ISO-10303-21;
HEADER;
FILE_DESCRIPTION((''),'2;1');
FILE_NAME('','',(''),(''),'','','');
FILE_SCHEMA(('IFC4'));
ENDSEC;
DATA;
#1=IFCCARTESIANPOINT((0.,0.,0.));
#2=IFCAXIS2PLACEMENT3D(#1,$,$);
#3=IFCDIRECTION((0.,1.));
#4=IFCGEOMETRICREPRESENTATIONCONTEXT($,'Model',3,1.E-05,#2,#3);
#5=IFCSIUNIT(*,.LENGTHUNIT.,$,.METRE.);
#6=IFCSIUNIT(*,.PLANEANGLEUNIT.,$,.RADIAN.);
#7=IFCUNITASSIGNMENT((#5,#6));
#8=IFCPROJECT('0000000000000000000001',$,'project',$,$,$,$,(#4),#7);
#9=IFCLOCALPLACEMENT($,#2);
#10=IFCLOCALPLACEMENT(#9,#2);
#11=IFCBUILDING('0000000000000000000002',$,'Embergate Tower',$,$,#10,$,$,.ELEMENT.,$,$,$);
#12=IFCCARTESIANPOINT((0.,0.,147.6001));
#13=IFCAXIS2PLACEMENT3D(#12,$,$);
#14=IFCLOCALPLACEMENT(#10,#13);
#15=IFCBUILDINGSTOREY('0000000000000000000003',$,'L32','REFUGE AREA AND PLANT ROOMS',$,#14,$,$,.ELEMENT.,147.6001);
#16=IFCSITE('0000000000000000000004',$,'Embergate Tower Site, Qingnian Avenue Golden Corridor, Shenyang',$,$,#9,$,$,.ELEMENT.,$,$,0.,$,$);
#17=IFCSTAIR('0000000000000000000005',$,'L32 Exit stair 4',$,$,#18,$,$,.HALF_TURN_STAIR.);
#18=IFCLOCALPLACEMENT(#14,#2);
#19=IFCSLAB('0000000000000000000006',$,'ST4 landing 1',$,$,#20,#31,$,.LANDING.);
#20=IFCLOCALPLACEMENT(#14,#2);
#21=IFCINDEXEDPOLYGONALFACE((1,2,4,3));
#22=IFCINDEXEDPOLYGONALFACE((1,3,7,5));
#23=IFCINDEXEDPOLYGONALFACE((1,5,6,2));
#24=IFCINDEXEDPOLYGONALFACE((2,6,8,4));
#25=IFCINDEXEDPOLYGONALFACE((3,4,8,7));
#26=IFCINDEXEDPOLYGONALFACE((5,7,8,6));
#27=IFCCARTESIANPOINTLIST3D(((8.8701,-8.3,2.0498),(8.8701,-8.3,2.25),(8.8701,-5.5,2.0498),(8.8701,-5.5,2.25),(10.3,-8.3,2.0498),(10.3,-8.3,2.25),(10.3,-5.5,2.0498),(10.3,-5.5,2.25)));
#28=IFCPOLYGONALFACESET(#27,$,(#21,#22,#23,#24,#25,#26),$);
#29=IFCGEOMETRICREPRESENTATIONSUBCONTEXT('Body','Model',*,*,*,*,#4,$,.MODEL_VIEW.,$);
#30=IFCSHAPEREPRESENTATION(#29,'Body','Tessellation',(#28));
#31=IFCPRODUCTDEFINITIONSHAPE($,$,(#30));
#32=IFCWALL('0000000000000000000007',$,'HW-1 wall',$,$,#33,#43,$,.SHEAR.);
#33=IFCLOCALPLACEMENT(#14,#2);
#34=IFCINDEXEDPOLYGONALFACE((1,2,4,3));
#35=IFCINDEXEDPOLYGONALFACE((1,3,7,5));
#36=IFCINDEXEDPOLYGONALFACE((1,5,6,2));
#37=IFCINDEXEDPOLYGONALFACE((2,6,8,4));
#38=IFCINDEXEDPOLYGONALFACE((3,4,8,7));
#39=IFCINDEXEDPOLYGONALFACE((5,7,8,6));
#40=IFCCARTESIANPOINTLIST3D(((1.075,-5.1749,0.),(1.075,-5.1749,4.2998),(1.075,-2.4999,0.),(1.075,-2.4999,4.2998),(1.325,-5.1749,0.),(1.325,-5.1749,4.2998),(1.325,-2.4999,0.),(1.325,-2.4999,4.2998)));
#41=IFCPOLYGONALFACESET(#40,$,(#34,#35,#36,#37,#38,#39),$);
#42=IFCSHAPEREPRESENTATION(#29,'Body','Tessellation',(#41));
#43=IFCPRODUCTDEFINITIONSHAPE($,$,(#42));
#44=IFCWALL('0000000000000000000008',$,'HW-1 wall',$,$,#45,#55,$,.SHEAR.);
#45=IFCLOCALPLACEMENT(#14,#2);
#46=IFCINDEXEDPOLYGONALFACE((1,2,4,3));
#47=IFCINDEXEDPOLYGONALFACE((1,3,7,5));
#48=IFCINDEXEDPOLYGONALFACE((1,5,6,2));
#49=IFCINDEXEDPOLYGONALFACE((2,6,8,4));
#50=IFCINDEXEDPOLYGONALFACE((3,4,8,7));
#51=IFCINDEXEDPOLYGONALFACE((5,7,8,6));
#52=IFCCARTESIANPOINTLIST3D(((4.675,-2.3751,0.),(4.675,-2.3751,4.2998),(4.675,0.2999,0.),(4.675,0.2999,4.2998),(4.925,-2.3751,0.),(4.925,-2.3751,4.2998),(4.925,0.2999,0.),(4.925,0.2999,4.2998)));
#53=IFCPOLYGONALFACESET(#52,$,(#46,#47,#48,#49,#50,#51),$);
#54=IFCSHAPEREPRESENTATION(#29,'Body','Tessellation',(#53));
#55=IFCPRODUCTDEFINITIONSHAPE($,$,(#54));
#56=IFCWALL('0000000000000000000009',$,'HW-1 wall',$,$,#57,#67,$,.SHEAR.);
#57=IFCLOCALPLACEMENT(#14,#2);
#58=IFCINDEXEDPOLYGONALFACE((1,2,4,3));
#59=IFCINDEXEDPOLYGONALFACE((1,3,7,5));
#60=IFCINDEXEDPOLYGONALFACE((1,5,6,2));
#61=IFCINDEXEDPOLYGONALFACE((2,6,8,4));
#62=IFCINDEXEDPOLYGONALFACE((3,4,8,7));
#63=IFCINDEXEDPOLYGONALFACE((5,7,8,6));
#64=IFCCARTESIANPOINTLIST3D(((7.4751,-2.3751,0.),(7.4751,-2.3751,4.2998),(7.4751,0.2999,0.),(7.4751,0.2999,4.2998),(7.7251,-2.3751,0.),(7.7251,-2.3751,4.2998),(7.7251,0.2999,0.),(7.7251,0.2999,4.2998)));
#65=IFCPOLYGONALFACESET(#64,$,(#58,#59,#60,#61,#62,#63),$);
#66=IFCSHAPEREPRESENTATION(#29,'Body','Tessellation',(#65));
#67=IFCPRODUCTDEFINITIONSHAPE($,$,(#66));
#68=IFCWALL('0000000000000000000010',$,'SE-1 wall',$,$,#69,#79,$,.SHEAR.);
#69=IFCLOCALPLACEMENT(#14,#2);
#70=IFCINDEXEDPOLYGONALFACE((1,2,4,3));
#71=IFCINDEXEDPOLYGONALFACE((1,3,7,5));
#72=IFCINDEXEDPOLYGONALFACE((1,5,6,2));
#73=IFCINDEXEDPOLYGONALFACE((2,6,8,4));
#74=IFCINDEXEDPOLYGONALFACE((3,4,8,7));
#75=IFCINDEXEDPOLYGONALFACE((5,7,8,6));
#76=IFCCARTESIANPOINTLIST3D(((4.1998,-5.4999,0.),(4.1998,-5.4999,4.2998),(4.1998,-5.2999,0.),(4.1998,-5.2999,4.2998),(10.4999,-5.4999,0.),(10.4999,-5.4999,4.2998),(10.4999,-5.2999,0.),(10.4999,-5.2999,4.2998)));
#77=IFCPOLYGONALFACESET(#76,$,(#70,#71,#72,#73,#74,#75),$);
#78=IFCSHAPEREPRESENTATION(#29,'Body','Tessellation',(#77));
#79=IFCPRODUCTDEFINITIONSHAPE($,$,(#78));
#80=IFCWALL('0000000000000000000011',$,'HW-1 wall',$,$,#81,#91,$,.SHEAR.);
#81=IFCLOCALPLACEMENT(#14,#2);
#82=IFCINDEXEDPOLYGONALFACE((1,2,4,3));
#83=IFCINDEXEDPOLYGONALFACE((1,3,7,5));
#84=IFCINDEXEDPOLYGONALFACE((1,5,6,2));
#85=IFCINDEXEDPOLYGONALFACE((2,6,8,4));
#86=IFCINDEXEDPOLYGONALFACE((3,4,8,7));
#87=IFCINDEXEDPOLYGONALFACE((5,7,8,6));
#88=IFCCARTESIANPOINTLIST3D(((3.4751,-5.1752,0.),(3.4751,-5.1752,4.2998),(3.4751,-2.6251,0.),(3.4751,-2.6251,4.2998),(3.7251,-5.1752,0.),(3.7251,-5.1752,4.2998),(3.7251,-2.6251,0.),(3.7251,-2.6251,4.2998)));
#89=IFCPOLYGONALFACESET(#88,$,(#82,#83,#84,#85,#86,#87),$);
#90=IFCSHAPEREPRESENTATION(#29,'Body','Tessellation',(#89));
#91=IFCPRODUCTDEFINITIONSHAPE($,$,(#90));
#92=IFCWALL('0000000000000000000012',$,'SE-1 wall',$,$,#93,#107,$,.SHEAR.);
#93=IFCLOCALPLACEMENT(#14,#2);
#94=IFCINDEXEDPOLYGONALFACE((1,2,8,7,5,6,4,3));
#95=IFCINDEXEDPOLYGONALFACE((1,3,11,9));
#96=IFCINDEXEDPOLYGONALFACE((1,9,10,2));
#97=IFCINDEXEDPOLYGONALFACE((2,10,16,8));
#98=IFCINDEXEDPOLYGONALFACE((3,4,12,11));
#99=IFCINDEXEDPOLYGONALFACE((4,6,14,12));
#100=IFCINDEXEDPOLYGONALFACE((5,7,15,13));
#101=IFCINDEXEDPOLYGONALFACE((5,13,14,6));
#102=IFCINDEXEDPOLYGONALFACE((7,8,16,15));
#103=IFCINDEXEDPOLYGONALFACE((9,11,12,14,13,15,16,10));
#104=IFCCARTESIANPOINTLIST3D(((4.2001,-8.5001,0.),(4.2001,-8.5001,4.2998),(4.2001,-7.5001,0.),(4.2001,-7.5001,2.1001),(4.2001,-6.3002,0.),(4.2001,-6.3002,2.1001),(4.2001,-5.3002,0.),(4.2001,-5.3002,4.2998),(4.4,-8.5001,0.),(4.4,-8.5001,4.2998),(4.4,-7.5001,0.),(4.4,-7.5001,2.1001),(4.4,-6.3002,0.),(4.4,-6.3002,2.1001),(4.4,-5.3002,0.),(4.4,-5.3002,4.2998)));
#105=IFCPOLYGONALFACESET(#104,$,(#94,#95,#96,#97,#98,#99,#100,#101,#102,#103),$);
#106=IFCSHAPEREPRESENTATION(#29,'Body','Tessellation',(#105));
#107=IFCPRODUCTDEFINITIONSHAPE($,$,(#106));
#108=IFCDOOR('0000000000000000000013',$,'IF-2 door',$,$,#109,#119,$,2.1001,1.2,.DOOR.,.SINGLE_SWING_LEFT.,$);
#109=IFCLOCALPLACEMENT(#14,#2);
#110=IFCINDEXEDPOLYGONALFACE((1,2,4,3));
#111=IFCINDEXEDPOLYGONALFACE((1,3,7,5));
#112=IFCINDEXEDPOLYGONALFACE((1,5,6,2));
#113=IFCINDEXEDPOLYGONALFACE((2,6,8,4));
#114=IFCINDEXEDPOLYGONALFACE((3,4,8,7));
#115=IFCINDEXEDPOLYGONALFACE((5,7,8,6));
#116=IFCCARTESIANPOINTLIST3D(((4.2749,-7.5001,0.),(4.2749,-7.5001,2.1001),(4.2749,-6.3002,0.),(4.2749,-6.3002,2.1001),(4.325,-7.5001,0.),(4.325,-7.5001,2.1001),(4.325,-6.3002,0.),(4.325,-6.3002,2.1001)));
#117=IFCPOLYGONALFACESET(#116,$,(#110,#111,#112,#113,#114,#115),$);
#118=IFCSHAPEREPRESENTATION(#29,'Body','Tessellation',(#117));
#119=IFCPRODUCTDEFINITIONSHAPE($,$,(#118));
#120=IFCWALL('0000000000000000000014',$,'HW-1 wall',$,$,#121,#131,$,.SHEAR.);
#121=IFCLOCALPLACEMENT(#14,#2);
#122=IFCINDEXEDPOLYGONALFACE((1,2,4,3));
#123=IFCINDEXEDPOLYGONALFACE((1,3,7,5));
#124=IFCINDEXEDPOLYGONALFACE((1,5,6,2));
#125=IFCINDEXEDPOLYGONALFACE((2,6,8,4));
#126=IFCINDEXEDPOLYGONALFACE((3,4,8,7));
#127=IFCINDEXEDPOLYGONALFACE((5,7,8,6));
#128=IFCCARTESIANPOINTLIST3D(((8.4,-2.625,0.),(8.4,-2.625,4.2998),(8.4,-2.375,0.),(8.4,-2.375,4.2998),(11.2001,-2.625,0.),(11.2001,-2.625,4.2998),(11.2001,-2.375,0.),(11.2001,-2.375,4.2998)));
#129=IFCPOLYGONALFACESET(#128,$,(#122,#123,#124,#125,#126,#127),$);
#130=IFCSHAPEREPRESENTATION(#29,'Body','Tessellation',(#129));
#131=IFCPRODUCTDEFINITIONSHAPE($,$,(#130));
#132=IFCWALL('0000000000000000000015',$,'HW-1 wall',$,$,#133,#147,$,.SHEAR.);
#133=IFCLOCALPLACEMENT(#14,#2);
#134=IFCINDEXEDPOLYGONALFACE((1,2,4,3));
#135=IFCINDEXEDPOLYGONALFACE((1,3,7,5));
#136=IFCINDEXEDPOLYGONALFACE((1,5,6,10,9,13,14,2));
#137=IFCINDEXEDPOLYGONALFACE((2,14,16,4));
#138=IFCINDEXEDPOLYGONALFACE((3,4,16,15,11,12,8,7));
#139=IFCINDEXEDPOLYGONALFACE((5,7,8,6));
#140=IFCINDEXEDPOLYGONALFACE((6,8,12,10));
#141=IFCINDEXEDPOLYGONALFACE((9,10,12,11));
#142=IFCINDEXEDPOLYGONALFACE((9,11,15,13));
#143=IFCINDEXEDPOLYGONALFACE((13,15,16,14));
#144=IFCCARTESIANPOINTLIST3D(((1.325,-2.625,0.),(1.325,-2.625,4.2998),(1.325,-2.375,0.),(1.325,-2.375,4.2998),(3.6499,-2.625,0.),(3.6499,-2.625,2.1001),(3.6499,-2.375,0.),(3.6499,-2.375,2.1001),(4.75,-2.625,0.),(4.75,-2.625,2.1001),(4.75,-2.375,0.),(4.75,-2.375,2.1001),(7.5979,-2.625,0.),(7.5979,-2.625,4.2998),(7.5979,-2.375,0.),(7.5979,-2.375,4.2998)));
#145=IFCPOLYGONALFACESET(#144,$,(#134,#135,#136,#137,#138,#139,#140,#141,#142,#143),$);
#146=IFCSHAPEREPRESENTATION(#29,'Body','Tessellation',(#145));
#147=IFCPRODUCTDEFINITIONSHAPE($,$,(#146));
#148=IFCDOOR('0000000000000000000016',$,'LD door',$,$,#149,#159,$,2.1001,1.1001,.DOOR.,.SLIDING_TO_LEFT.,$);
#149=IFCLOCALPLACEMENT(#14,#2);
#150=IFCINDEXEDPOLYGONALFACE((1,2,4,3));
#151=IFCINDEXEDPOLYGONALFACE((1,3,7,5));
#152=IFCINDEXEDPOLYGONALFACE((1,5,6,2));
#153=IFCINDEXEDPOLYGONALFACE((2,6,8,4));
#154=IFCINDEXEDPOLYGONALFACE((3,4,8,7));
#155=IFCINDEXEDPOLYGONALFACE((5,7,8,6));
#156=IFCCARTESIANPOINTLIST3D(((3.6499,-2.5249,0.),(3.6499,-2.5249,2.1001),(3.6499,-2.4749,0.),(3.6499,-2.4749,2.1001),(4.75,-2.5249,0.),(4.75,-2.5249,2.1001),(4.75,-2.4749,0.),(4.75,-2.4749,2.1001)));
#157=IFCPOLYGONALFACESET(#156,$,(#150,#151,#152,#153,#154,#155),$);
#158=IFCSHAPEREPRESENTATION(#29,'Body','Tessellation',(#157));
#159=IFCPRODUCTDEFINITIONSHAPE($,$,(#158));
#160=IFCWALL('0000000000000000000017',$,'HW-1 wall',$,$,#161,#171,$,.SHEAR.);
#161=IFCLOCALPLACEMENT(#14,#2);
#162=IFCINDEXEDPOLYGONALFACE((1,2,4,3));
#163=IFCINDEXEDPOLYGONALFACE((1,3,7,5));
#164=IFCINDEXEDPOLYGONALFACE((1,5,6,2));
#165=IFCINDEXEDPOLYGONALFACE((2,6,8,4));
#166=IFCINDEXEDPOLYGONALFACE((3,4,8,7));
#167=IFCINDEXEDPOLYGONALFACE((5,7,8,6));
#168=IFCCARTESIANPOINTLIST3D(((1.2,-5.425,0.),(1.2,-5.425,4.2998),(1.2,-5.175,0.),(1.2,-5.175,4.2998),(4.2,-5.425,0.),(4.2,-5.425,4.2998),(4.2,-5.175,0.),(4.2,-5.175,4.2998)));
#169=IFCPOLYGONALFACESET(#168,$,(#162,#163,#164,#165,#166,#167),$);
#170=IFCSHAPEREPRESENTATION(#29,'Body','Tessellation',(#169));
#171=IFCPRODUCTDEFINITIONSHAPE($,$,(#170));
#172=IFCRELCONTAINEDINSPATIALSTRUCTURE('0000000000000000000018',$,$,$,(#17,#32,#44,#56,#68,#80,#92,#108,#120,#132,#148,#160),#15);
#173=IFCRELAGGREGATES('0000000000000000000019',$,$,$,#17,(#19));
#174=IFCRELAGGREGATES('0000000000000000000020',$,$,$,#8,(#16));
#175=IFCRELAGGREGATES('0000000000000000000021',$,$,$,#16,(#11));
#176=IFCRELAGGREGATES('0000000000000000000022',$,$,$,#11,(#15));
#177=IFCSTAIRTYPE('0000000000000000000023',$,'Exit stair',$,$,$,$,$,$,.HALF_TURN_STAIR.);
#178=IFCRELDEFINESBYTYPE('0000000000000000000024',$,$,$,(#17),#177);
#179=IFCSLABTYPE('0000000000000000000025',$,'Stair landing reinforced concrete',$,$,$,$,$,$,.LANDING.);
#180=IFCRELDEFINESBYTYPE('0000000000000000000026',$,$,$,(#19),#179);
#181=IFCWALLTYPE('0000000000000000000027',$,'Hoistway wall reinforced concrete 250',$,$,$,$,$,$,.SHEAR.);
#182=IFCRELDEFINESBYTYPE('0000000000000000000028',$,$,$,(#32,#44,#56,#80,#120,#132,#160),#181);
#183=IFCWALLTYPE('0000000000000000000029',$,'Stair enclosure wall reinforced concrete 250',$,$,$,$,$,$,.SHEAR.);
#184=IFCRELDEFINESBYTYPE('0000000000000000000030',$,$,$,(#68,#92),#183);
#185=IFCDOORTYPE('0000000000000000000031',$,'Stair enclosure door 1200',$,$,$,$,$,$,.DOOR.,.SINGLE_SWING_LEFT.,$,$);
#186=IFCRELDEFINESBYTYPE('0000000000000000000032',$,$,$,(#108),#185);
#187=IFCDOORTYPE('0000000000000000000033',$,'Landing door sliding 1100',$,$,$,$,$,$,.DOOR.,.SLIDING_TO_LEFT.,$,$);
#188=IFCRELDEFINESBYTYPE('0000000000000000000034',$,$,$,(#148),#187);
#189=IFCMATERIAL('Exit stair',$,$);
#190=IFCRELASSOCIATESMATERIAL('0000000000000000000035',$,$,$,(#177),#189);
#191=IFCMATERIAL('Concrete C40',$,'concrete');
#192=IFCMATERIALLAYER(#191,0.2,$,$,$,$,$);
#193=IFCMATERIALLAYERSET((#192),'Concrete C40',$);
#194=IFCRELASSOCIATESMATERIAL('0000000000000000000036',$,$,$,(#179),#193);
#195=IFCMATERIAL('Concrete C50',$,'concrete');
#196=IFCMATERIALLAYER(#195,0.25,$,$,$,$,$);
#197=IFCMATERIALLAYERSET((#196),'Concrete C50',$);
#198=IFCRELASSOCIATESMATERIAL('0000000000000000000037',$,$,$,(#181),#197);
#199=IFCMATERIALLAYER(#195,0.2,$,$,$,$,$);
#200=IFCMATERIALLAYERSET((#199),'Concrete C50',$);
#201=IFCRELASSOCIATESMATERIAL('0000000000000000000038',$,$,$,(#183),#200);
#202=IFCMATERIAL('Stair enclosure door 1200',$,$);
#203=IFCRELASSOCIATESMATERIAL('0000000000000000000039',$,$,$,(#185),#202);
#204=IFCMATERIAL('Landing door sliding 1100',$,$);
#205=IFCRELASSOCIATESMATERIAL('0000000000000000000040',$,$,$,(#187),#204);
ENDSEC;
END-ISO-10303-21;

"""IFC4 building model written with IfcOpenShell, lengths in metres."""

from ifc_helpers import new_model, si_unit, direction, frame, frame_2d, origin, place, context, subcontext, project, spatial, polyline, rectangle, outline, extrude, source, transform, mapped, material, layer, layer_set, type_object, element, fill, aggregate, save


model = new_model("IFC4")

# Units and contexts
model_context = context("Model", 3, precision=1e-05, world=origin(), true_north=direction((0.0, 1.0)))
body_context = subcontext(model_context, "Body", "Model", "MODEL_VIEW")
ifc_project = project(units=[si_unit("LENGTHUNIT", "METRE"), si_unit("PLANEANGLEUNIT", "RADIAN")], contexts=[model_context])

# Site, building, storey
site_placement = place(None, origin())
site = spatial("IfcSite", under=ifc_project, at=site_placement, Name="Embergate Tower Site, Qingnian Avenue Golden Corridor, Shenyang", CompositionType="ELEMENT", RefElevation=0.0)
building_placement = place(site_placement, origin())
building = spatial("IfcBuilding", under=site, at=building_placement, Name="Embergate Tower", CompositionType="ELEMENT")
storey_placement = place(building_placement, frame((0.0, 0.0, 147.6001)))
storey = spatial("IfcBuildingStorey", under=building, at=storey_placement, Name="L32", Description="REFUGE AREA AND PLANT ROOMS", CompositionType="ELEMENT", Elevation=147.6001)

# Stair, slab
ifc_material_1 = material(Name="Exit stair")
stair_type = type_object("IfcStairType", Name="Exit stair", PredefinedType="HALF_TURN_STAIR", material=ifc_material_1)
stair_placement = place(storey_placement, origin())
stair = element("IfcStair", 1, at=stair_placement, inside=storey, type_object=stair_type, Name="L32 Exit stair 4", PredefinedType="HALF_TURN_STAIR")
ifc_material_2 = material(Name="Concrete C40", Category="concrete")
ifc_layer_1 = layer(ifc_material_2, 0.2)
ifc_layer_set_1 = layer_set([ifc_layer_1], Name="Concrete C40")
slab_type = type_object("IfcSlabType", Name="Stair landing reinforced concrete", PredefinedType="LANDING", material=ifc_layer_set_1)
shared_shape_1 = source(origin(), body_context, "Body", "SweptSolid", [
    extrude(outline(polyline([(0.0, 0.0), (1.4299, 0.0), (1.4299, 2.8), (0.0, 2.8), (0.0, 0.0)])), origin(), (0.0, 0.0, 1.0), 0.2002),
])
slab_placement = place(storey_placement, frame((8.8701, -8.3, 2.0498)))
slab = element("IfcSlab", 2, at=slab_placement, type_object=slab_type, Name="ST4 landing 1", PredefinedType="LANDING", context=body_context, shape_type="MappedRepresentation", body=[
    mapped(shared_shape_1, transform((0.0, 0.0, 0.0))),
])

# Walls
ifc_material_3 = material(Name="Concrete C50", Category="concrete")
ifc_layer_2 = layer(ifc_material_3, 0.25)
ifc_layer_set_2 = layer_set([ifc_layer_2], Name="Concrete C50")
wall_type_1 = type_object("IfcWallType", Name="Hoistway wall reinforced concrete 250", PredefinedType="SHEAR", material=ifc_layer_set_2)
shared_shape_2 = source(origin(), body_context, "Body", "SweptSolid", [
    extrude(rectangle(XDim=2.675, YDim=0.25, at=frame_2d((1.3374, 0.0))), origin(), (0.0, 0.0, 1.0), 4.2998),
])
for number, where, z_axis, x_axis, name in (
    (3, (1.2, -2.5, 0.0), (0.0, 0.0, 1.0), (0.0, -1.0, 0.0), "HW-1 wall"),
    (4, (4.8, -2.375, 0.0), (0.0, 0.0, 1.0), (0.0, 1.0, 0.0), "HW-1 wall"),
    (5, (7.6001, -2.375, 0.0), (0.0, 0.0, 1.0), (0.0, 1.0, 0.0), "HW-1 wall"),
):
    element("IfcWall", number, at=place(storey_placement, frame(where, z_axis=z_axis, x_axis=x_axis)), inside=storey, type_object=wall_type_1, Name=name, PredefinedType="SHEAR", context=body_context, shape_type="MappedRepresentation", body=[
        mapped(shared_shape_2, transform((0.0, 0.0, 0.0))),
    ])
ifc_layer_3 = layer(ifc_material_3, 0.2)
ifc_layer_set_3 = layer_set([ifc_layer_3], Name="Concrete C50")
wall_type_2 = type_object("IfcWallType", Name="Stair enclosure wall reinforced concrete 250", PredefinedType="SHEAR", material=ifc_layer_set_3)
shared_shape_3 = source(origin(), body_context, "Body", "SweptSolid", [
    extrude(rectangle(XDim=6.3, YDim=0.2, at=frame_2d((3.1499, 0.0))), origin(), (0.0, 0.0, 1.0), 4.2998),
])
wall_1_placement = place(storey_placement, frame((4.2, -5.3999, 0.0), z_axis=(0.0, 0.0, 1.0), x_axis=(1.0, 0.0, 0.0)))
element("IfcWall", 6, at=wall_1_placement, inside=storey, type_object=wall_type_2, Name="SE-1 wall", PredefinedType="SHEAR", context=body_context, shape_type="MappedRepresentation", body=[
    mapped(shared_shape_3, transform((0.0, 0.0, 0.0))),
])
shared_shape_4 = source(origin(), body_context, "Body", "SweptSolid", [
    extrude(rectangle(XDim=2.55, YDim=0.25, at=frame_2d((1.2749, 0.0))), origin(), (0.0, 0.0, 1.0), 4.2998),
])
wall_2_placement = place(storey_placement, frame((3.6001, -5.175, 0.0), z_axis=(0.0, 0.0, 1.0), x_axis=(0.0, 1.0, 0.0)))
element("IfcWall", 7, at=wall_2_placement, inside=storey, type_object=wall_type_1, Name="HW-1 wall", PredefinedType="SHEAR", context=body_context, shape_type="MappedRepresentation", body=[
    mapped(shared_shape_4, transform((0.0, 0.0, 0.0))),
])

# Wall, opening, door
shared_shape_5 = source(origin(), body_context, "Body", "SweptSolid", [
    extrude(rectangle(XDim=3.2, YDim=0.2, at=frame_2d((1.6001, 0.0))), origin(), (0.0, 0.0, 1.0), 4.2998),
])
wall_3_placement = place(storey_placement, frame((4.3, -5.3, 0.0), z_axis=(0.0, 0.0, 1.0), x_axis=(0.0, -1.0, 0.0)))
wall_3 = element("IfcWall", 8, at=wall_3_placement, inside=storey, type_object=wall_type_2, Name="SE-1 wall", PredefinedType="SHEAR", context=body_context, shape_type="MappedRepresentation", body=[
    mapped(shared_shape_5, transform((0.0, 0.0, 0.0))),
])
shared_shape_6 = source(origin(), body_context, "Body", "SweptSolid", [
    extrude(rectangle(XDim=1.2, YDim=2.1001, at=frame_2d((0.6001, 1.05))), frame((0.0, 0.1099, 0.0), z_axis=(0.0, -1.0, 0.0), x_axis=(1.0, 0.0, 0.0)), (0.0, 0.0, 1.0), 0.22),
])
opening_1_placement = place(wall_3_placement, frame((1.0, 0.0, 0.0)))
opening_1 = element("IfcOpeningElement", 9, at=opening_1_placement, cuts=wall_3, PredefinedType="OPENING", context=body_context, shape_type="MappedRepresentation", body=[
    mapped(shared_shape_6, transform((0.0, 0.0, 0.0))),
])
ifc_material_4 = material(Name="Stair enclosure door 1200")
door_type_1 = type_object("IfcDoorType", Name="Stair enclosure door 1200", OperationType="SINGLE_SWING_LEFT", PredefinedType="DOOR", material=ifc_material_4)
shared_shape_7 = source(origin(), body_context, "Body", "SweptSolid", [
    extrude(rectangle(XDim=1.2, YDim=2.1001, at=frame_2d((0.6001, 1.05))), frame((0.0, 0.0249, 0.0), z_axis=(0.0, -1.0, 0.0), x_axis=(1.0, 0.0, 0.0)), (0.0, 0.0, 1.0), 0.05),
])
door_1_placement = place(opening_1_placement, origin())
door_1 = element("IfcDoor", 10, at=door_1_placement, inside=storey, type_object=door_type_1, Name="IF-2 door", OperationType="SINGLE_SWING_LEFT", OverallHeight=2.1001, OverallWidth=1.2, PredefinedType="DOOR", context=body_context, shape_type="MappedRepresentation", body=[
    mapped(shared_shape_7, transform((0.0, 0.0, 0.0))),
])
fill(opening_1, door_1)

# Wall
shared_shape_8 = source(origin(), body_context, "Body", "SweptSolid", [
    extrude(rectangle(XDim=2.8, YDim=0.25, at=frame_2d((1.3999, 0.0))), origin(), (0.0, 0.0, 1.0), 4.2998),
])
wall_4_placement = place(storey_placement, frame((11.2, -2.5, 0.0), z_axis=(0.0, 0.0, 1.0), x_axis=(-1.0, 0.0, 0.0)))
element("IfcWall", 11, at=wall_4_placement, inside=storey, type_object=wall_type_1, Name="HW-1 wall", PredefinedType="SHEAR", context=body_context, shape_type="MappedRepresentation", body=[
    mapped(shared_shape_8, transform((0.0, 0.0, 0.0))),
])

# Wall, opening, door
shared_shape_9 = source(origin(), body_context, "Body", "SweptSolid", [
    extrude(rectangle(XDim=6.2729, YDim=0.25, at=frame_2d((3.1365, 0.0))), origin(), (0.0, 0.0, 1.0), 4.2998),
])
wall_5_placement = place(storey_placement, frame((7.5979, -2.5, 0.0), z_axis=(0.0, 0.0, 1.0), x_axis=(-1.0, 0.0, 0.0)))
wall_5 = element("IfcWall", 12, at=wall_5_placement, inside=storey, type_object=wall_type_1, Name="HW-1 wall", PredefinedType="SHEAR", context=body_context, shape_type="MappedRepresentation", body=[
    mapped(shared_shape_9, transform((0.0, 0.0, 0.0))),
])
shared_shape_10 = source(origin(), body_context, "Body", "SweptSolid", [
    extrude(rectangle(XDim=1.1001, YDim=2.1001, at=frame_2d((0.55, 1.05))), frame((0.0, 0.135, 0.0), z_axis=(0.0, -1.0, 0.0), x_axis=(1.0, 0.0, 0.0)), (0.0, 0.0, 1.0), 0.27),
])
opening_2_placement = place(wall_5_placement, frame((2.8479, 0.0, 0.0)))
opening_2 = element("IfcOpeningElement", 13, at=opening_2_placement, cuts=wall_5, PredefinedType="OPENING", context=body_context, shape_type="MappedRepresentation", body=[
    mapped(shared_shape_10, transform((0.0, 0.0, 0.0))),
])
ifc_material_5 = material(Name="Landing door sliding 1100")
door_type_2 = type_object("IfcDoorType", Name="Landing door sliding 1100", OperationType="SLIDING_TO_LEFT", PredefinedType="DOOR", material=ifc_material_5)
shared_shape_11 = source(origin(), body_context, "Body", "SweptSolid", [
    extrude(rectangle(XDim=1.1001, YDim=2.1001, at=frame_2d((0.55, 1.05))), frame((0.0, 0.0249, 0.0), z_axis=(0.0, -1.0, 0.0), x_axis=(1.0, 0.0, 0.0)), (0.0, 0.0, 1.0), 0.05),
])
door_2_placement = place(opening_2_placement, origin())
door_2 = element("IfcDoor", 14, at=door_2_placement, inside=storey, type_object=door_type_2, Name="LD door", OperationType="SLIDING_TO_LEFT", OverallHeight=2.1001, OverallWidth=1.1001, PredefinedType="DOOR", context=body_context, shape_type="MappedRepresentation", body=[
    mapped(shared_shape_11, transform((0.0, 0.0, 0.0))),
])
fill(opening_2, door_2)

# Wall
shared_shape_12 = source(origin(), body_context, "Body", "SweptSolid", [
    extrude(rectangle(XDim=3.0, YDim=0.25, at=frame_2d((1.5, 0.0))), origin(), (0.0, 0.0, 1.0), 4.2998),
])
wall_6_placement = place(storey_placement, frame((1.2, -5.3, 0.0), z_axis=(0.0, 0.0, 1.0), x_axis=(1.0, 0.0, 0.0)))
element("IfcWall", 15, at=wall_6_placement, inside=storey, type_object=wall_type_1, Name="HW-1 wall", PredefinedType="SHEAR", context=body_context, shape_type="MappedRepresentation", body=[
    mapped(shared_shape_12, transform((0.0, 0.0, 0.0))),
])

aggregate(stair, [slab])

save(model, "model.ifc")
